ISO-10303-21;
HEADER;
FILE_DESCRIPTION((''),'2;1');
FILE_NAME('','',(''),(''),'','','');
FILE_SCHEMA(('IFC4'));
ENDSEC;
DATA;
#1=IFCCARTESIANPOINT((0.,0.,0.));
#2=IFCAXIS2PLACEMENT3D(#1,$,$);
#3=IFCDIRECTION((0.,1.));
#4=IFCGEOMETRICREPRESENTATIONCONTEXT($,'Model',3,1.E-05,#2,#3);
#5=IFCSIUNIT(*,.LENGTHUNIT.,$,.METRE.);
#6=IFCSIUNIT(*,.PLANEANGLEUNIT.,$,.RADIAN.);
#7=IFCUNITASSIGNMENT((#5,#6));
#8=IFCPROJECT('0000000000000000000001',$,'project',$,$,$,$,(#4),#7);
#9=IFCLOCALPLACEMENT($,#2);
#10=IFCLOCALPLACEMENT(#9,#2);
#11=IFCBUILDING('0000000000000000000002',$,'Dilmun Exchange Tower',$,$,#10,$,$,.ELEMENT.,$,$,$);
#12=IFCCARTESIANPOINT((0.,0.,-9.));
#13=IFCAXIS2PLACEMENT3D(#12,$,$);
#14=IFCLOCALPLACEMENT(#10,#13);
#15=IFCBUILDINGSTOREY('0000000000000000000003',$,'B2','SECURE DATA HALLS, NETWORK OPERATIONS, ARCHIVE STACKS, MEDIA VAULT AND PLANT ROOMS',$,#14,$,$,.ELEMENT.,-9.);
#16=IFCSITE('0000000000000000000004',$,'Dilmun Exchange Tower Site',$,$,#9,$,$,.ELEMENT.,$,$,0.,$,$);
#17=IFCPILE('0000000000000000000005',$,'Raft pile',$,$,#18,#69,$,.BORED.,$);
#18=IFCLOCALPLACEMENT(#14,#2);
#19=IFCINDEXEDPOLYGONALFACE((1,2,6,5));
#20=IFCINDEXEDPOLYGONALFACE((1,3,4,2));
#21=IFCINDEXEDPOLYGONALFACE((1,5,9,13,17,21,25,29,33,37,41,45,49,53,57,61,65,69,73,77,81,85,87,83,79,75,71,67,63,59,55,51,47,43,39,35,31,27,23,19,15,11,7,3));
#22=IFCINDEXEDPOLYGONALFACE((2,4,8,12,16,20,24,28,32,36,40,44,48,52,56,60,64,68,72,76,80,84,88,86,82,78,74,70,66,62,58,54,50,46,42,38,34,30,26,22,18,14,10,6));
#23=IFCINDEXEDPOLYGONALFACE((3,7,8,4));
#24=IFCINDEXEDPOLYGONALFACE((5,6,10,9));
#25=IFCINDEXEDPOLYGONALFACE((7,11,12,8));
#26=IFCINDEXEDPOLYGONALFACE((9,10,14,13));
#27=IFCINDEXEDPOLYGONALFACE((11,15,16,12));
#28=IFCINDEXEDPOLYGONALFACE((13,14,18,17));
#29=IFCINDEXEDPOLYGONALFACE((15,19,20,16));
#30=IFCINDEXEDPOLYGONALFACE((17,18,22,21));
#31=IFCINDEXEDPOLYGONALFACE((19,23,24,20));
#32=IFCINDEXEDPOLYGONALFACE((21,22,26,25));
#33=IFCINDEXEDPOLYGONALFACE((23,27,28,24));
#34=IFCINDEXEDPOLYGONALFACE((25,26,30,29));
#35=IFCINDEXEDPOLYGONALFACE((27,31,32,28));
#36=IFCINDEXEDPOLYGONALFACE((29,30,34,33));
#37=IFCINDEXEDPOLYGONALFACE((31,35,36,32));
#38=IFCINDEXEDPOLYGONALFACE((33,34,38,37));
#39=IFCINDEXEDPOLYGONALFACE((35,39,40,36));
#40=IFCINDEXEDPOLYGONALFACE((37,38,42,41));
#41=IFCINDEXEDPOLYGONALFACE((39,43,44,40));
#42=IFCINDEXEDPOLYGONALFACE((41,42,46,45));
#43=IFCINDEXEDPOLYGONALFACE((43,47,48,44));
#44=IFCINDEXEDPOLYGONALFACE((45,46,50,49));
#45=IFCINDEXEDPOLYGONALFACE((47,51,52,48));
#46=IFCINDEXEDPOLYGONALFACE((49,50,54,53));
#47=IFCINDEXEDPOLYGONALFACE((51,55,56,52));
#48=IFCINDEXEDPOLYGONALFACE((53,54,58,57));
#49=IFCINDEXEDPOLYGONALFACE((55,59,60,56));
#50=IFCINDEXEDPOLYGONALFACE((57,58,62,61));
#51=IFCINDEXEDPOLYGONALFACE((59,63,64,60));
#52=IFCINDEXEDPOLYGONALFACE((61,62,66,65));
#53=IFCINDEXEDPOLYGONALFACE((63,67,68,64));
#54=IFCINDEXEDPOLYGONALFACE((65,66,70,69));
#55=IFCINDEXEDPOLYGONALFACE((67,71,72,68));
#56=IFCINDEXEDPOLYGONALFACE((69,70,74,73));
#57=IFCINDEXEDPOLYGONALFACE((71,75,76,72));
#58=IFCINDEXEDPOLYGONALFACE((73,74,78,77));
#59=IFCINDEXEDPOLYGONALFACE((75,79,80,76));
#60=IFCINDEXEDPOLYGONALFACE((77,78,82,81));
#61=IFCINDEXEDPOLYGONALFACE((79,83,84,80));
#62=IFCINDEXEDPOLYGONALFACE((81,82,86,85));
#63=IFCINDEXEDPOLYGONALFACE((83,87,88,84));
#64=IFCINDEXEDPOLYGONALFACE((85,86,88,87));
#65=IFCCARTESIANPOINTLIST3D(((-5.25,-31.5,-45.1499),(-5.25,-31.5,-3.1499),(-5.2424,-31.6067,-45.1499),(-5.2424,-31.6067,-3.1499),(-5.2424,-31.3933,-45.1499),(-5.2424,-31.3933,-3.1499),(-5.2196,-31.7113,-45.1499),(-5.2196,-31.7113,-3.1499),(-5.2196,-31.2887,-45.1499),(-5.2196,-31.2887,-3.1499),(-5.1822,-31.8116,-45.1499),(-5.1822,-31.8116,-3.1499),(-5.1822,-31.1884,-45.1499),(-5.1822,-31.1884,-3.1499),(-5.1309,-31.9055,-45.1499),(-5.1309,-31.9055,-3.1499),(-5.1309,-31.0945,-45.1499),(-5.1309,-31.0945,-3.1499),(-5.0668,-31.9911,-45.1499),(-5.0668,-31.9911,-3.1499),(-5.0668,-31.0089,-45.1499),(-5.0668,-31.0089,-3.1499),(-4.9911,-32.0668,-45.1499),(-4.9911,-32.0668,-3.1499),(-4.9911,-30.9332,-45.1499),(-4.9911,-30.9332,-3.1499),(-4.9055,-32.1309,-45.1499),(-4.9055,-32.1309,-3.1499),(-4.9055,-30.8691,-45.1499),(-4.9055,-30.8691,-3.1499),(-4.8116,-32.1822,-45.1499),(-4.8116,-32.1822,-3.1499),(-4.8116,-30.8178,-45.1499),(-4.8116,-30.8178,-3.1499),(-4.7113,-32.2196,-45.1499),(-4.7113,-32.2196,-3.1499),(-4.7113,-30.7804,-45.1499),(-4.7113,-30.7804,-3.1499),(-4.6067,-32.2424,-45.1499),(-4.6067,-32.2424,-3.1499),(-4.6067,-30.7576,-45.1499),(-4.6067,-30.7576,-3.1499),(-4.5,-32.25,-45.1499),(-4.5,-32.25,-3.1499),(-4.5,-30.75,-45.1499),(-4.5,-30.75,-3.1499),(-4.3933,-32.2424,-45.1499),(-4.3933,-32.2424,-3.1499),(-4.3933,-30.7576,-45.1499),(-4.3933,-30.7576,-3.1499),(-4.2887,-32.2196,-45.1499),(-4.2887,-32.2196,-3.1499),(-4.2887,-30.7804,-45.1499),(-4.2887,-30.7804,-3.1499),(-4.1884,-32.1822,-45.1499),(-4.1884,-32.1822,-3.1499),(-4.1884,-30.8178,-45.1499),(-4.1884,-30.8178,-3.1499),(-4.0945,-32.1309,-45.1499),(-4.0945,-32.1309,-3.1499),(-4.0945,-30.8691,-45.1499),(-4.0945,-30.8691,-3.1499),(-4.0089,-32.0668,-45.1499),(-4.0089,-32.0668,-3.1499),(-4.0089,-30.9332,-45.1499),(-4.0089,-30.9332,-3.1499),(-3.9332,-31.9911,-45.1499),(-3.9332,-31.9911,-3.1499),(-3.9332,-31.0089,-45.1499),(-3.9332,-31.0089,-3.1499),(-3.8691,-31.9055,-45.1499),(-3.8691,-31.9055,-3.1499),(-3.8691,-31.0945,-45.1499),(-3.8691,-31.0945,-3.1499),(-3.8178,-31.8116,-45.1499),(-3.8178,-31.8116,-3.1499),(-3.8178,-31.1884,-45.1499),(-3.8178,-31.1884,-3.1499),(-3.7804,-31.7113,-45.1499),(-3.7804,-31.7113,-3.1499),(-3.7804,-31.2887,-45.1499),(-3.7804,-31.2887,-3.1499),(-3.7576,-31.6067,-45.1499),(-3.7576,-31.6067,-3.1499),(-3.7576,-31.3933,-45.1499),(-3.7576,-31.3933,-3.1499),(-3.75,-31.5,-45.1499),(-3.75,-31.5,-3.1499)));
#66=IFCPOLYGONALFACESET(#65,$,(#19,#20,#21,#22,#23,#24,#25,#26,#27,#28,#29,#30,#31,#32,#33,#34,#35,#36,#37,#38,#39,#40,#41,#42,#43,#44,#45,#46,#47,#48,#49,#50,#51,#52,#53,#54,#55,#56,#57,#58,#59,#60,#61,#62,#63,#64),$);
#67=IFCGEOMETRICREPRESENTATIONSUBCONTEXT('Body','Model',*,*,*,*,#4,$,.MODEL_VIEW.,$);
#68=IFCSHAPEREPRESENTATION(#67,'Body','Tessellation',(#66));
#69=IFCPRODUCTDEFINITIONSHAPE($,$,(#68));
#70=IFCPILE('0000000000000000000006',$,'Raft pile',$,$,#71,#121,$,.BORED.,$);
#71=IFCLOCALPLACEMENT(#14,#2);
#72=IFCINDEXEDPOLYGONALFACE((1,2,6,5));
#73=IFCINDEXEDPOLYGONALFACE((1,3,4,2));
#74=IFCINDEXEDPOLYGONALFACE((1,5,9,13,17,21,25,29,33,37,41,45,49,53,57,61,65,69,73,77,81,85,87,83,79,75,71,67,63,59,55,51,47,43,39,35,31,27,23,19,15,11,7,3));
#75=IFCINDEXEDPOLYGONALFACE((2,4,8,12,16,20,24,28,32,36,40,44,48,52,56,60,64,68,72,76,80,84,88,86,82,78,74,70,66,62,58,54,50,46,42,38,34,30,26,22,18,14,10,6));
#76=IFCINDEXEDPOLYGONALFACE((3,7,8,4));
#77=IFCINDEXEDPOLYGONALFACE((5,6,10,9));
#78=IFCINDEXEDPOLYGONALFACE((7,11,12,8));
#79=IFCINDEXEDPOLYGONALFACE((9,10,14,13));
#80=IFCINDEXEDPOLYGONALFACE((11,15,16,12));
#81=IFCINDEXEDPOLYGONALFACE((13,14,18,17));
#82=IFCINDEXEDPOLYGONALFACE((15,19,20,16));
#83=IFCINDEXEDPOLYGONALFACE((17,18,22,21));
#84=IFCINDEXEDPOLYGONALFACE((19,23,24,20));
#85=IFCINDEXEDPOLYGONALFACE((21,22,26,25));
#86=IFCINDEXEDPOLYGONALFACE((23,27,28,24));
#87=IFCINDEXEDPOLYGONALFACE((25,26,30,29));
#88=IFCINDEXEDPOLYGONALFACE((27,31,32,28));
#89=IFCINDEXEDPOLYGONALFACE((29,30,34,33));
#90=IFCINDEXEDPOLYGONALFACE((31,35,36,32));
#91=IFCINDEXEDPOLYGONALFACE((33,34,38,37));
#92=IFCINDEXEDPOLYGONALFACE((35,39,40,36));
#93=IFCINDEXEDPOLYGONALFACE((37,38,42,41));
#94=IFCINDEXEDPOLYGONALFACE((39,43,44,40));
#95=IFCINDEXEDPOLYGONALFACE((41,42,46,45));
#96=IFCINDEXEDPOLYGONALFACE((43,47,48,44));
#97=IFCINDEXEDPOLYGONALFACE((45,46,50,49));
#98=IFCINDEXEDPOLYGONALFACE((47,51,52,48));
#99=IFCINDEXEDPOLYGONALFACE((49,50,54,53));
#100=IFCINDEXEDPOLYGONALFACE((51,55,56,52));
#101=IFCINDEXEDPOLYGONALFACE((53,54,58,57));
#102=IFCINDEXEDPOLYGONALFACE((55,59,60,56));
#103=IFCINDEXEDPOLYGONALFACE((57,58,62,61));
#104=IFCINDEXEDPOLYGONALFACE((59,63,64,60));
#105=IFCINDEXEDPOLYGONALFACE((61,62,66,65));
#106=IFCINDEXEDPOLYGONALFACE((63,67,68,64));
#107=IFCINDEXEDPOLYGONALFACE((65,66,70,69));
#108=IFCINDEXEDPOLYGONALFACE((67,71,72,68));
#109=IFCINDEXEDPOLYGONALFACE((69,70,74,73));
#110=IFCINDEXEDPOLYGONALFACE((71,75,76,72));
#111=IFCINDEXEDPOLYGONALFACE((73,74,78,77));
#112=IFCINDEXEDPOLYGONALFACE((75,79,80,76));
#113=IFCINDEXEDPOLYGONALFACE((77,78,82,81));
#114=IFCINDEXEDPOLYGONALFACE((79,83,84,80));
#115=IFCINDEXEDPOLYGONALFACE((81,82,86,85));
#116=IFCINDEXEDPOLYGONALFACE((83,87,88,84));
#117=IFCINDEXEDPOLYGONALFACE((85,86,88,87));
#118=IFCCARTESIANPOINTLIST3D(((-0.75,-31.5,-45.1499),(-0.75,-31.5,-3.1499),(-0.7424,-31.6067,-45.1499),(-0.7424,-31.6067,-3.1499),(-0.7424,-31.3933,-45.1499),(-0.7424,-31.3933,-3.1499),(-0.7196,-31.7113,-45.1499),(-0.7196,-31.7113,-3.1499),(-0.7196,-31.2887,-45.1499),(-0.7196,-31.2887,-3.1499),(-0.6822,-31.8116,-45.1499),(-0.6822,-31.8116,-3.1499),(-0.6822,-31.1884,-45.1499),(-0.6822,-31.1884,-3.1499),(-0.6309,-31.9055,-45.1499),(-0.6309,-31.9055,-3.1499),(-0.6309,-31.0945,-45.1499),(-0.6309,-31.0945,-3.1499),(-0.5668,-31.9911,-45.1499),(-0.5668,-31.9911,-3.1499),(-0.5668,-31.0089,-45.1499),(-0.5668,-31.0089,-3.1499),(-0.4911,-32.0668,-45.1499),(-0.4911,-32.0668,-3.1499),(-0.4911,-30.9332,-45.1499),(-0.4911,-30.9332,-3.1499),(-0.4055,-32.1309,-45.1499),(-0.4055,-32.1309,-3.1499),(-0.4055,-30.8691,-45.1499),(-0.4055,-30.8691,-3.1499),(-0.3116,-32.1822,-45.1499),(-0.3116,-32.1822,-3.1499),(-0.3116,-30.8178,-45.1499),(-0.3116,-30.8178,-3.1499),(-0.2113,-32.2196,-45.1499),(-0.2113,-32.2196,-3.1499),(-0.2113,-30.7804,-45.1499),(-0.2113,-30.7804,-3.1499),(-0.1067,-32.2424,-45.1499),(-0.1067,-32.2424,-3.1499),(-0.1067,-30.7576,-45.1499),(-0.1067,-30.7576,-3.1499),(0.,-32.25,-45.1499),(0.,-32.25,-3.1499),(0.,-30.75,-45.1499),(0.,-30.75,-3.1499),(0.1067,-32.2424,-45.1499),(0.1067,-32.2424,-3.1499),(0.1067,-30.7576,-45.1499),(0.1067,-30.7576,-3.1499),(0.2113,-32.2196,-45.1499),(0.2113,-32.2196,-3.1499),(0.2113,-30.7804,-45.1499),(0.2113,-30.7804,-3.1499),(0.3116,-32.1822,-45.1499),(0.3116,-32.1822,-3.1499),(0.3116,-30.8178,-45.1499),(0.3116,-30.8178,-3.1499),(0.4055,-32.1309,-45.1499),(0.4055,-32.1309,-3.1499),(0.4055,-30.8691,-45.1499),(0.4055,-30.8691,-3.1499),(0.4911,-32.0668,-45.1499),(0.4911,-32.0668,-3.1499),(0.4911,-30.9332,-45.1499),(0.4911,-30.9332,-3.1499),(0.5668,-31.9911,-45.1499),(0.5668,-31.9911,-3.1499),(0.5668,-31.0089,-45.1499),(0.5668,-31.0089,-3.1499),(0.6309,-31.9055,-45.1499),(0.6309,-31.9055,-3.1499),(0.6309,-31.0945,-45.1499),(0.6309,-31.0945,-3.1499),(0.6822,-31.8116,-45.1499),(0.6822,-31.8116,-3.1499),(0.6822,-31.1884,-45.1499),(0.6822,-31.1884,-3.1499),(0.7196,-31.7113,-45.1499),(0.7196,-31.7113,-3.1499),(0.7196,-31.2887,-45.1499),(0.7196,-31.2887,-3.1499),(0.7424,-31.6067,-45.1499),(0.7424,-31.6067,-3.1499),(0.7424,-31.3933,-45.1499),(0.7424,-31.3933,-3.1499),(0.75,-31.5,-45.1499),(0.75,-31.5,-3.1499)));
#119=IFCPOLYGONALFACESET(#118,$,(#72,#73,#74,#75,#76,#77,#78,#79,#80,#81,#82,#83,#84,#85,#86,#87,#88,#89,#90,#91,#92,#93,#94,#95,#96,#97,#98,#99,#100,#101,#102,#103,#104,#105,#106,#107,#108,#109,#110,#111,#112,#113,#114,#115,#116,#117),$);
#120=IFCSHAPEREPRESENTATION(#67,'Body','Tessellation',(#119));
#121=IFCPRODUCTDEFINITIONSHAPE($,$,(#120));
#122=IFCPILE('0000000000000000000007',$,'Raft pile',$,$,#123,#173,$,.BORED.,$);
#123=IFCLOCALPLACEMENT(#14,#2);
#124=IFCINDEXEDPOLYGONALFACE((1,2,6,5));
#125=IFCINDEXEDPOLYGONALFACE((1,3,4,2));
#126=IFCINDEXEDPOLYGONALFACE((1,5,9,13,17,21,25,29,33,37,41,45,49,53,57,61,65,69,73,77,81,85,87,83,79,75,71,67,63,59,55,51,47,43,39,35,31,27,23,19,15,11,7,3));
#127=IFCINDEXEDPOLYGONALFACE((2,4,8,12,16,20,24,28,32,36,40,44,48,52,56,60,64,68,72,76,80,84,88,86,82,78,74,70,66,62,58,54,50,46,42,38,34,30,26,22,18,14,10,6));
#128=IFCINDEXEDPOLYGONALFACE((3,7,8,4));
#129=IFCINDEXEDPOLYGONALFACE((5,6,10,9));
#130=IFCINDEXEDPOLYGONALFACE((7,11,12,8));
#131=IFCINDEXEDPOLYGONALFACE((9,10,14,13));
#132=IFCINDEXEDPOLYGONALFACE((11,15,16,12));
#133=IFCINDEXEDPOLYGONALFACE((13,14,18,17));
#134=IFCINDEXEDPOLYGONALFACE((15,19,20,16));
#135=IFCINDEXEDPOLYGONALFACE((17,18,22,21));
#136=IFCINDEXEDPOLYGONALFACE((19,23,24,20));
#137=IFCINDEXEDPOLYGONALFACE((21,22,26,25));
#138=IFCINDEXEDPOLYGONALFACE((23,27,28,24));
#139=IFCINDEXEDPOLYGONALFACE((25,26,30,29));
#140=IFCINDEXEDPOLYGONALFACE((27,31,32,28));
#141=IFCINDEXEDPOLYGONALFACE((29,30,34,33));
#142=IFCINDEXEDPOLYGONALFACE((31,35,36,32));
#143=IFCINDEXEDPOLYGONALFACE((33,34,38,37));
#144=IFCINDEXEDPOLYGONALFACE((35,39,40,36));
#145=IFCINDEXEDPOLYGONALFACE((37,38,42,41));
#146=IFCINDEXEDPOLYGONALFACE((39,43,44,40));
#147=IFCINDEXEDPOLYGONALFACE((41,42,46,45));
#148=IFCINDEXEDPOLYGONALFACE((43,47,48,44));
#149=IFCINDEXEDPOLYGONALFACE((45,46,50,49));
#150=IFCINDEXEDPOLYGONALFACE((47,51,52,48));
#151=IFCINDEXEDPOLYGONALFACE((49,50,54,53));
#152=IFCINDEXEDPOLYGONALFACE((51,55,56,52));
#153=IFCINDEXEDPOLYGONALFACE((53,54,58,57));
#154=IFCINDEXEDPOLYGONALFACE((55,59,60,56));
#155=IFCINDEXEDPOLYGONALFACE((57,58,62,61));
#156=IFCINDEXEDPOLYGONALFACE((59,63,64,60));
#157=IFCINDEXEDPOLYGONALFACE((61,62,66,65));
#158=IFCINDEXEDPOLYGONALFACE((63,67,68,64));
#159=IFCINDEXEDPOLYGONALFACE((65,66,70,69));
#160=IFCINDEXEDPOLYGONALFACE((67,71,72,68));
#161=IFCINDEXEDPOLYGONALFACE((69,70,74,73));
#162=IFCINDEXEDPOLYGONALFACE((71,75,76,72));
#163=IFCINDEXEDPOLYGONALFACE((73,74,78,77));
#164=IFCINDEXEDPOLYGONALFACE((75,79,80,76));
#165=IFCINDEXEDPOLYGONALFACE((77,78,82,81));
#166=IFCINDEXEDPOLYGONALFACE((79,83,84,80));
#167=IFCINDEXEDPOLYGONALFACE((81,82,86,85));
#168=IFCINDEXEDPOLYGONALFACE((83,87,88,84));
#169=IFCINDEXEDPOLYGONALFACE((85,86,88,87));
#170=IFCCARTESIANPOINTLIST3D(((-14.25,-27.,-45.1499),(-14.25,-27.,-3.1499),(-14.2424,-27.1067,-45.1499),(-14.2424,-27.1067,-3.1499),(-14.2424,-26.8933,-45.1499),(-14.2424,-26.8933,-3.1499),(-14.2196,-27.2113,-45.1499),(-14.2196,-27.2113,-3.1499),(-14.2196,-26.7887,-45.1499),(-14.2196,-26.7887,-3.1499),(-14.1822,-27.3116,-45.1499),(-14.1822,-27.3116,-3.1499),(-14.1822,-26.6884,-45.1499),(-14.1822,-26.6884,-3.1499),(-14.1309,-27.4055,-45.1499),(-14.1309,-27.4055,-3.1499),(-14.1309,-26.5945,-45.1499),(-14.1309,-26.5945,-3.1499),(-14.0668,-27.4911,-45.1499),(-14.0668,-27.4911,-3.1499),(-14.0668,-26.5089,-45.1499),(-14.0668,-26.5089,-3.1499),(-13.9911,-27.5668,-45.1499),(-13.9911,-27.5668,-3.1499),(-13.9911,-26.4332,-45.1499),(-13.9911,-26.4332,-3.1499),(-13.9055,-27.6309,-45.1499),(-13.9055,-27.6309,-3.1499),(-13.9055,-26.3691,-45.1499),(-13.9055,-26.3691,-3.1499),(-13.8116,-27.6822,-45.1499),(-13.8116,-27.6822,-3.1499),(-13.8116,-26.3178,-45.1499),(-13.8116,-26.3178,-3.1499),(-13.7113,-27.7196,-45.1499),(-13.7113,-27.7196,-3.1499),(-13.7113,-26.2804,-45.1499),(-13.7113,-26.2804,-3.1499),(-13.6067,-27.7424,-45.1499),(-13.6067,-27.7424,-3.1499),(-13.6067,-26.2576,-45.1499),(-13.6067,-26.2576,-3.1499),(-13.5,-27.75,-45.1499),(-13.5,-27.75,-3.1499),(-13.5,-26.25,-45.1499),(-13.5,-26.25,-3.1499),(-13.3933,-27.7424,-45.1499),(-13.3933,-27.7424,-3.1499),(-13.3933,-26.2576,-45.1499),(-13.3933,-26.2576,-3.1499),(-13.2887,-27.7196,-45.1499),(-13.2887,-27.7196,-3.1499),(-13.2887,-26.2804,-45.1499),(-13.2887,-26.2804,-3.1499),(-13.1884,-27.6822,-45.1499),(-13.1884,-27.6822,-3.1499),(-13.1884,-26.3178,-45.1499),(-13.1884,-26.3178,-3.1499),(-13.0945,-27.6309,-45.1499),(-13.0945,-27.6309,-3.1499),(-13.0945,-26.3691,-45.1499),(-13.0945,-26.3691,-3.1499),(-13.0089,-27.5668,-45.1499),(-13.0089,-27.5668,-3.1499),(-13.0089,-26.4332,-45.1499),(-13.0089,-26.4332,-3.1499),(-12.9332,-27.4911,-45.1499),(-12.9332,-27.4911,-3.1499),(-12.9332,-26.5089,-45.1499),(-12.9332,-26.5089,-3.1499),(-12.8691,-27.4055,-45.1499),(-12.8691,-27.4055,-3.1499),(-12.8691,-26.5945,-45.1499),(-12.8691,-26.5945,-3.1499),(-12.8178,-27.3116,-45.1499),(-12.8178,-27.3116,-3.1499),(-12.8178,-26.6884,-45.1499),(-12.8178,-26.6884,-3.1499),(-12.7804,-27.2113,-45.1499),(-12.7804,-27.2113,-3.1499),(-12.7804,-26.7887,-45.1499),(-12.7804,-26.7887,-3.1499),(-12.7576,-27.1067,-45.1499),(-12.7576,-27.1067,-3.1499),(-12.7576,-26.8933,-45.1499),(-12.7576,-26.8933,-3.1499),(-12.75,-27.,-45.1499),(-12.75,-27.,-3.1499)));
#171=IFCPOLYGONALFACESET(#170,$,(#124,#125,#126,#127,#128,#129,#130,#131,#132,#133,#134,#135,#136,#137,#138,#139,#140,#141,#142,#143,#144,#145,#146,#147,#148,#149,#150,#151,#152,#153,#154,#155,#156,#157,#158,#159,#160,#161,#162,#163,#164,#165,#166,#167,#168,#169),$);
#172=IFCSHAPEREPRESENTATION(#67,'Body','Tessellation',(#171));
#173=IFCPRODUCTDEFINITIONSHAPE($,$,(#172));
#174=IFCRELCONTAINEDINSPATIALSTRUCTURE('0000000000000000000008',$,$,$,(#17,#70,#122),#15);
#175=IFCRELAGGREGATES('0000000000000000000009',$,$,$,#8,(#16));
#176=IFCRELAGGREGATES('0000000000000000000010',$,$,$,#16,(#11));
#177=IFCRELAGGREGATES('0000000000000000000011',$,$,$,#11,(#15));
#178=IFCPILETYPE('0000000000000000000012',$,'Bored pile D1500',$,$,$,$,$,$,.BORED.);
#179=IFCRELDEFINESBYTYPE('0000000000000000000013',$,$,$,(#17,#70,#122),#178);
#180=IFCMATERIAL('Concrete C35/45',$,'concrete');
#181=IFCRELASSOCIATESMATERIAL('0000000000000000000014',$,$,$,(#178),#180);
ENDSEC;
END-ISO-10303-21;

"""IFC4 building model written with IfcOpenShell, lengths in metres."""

from ifc_helpers import new_model, si_unit, direction, frame, origin, origin_2d, place, context, subcontext, project, spatial, circle, extrude, material, material_profile, profile_set, type_object, element, save


model = new_model("IFC4")

# Units and contexts
model_context = context("Model", 3, precision=1e-05, world=origin(), true_north=direction((0.0, 1.0)))
body_context = subcontext(model_context, "Body", "Model", "MODEL_VIEW")
ifc_project = project(units=[si_unit("LENGTHUNIT", "METRE"), si_unit("PLANEANGLEUNIT", "RADIAN")], contexts=[model_context])

# Site, building, storey
site_placement = place(None, origin())
site = spatial("IfcSite", under=ifc_project, at=site_placement, Name="Dilmun Exchange Tower Site", CompositionType="ELEMENT", RefElevation=0.0)
building_placement = place(site_placement, origin())
building = spatial("IfcBuilding", under=site, at=building_placement, Name="Dilmun Exchange Tower", CompositionType="ELEMENT")
storey_placement = place(building_placement, frame((0.0, 0.0, -9.0)))
storey = spatial("IfcBuildingStorey", under=building, at=storey_placement, Name="B2", Description="SECURE DATA HALLS, NETWORK OPERATIONS, ARCHIVE STACKS, MEDIA VAULT AND PLANT ROOMS", CompositionType="ELEMENT", Elevation=-9.0)

# Piles
ifc_material_1 = material(Name="Concrete C35/45", Category="concrete")
ifc_material_profile_1 = material_profile(ifc_material_1, circle(Radius=0.75, at=origin_2d()), Name="D1500")
ifc_profile_set_1 = profile_set([ifc_material_profile_1], Name="Concrete C35/45")
pile_type = type_object("IfcPileType", Name="Bored pile D1500", PredefinedType="BORED", material=ifc_profile_set_1)
for number, where, z_axis, x_axis, name in (
    (1, (-4.5, -31.5, -3.1499), (0.0, 0.0, -1.0), (1.0, 0.0, 0.0), "Raft pile"),
    (2, (0.0, -31.5, -3.1499), (0.0, 0.0, -1.0), (1.0, 0.0, 0.0), "Raft pile"),
    (3, (-13.5, -27.0, -3.1499), (0.0, 0.0, -1.0), (1.0, 0.0, 0.0), "Raft pile"),
):
    element("IfcPile", number, at=place(storey_placement, frame(where, z_axis=z_axis, x_axis=x_axis)), inside=storey, type_object=pile_type, Name=name, PredefinedType="BORED", context=body_context, shape_type="SweptSolid", body=[
        extrude(circle(Radius=0.75, at=origin_2d()), origin(), (0.0, 0.0, 1.0), 42.0),
    ])

save(model, "model.ifc")
